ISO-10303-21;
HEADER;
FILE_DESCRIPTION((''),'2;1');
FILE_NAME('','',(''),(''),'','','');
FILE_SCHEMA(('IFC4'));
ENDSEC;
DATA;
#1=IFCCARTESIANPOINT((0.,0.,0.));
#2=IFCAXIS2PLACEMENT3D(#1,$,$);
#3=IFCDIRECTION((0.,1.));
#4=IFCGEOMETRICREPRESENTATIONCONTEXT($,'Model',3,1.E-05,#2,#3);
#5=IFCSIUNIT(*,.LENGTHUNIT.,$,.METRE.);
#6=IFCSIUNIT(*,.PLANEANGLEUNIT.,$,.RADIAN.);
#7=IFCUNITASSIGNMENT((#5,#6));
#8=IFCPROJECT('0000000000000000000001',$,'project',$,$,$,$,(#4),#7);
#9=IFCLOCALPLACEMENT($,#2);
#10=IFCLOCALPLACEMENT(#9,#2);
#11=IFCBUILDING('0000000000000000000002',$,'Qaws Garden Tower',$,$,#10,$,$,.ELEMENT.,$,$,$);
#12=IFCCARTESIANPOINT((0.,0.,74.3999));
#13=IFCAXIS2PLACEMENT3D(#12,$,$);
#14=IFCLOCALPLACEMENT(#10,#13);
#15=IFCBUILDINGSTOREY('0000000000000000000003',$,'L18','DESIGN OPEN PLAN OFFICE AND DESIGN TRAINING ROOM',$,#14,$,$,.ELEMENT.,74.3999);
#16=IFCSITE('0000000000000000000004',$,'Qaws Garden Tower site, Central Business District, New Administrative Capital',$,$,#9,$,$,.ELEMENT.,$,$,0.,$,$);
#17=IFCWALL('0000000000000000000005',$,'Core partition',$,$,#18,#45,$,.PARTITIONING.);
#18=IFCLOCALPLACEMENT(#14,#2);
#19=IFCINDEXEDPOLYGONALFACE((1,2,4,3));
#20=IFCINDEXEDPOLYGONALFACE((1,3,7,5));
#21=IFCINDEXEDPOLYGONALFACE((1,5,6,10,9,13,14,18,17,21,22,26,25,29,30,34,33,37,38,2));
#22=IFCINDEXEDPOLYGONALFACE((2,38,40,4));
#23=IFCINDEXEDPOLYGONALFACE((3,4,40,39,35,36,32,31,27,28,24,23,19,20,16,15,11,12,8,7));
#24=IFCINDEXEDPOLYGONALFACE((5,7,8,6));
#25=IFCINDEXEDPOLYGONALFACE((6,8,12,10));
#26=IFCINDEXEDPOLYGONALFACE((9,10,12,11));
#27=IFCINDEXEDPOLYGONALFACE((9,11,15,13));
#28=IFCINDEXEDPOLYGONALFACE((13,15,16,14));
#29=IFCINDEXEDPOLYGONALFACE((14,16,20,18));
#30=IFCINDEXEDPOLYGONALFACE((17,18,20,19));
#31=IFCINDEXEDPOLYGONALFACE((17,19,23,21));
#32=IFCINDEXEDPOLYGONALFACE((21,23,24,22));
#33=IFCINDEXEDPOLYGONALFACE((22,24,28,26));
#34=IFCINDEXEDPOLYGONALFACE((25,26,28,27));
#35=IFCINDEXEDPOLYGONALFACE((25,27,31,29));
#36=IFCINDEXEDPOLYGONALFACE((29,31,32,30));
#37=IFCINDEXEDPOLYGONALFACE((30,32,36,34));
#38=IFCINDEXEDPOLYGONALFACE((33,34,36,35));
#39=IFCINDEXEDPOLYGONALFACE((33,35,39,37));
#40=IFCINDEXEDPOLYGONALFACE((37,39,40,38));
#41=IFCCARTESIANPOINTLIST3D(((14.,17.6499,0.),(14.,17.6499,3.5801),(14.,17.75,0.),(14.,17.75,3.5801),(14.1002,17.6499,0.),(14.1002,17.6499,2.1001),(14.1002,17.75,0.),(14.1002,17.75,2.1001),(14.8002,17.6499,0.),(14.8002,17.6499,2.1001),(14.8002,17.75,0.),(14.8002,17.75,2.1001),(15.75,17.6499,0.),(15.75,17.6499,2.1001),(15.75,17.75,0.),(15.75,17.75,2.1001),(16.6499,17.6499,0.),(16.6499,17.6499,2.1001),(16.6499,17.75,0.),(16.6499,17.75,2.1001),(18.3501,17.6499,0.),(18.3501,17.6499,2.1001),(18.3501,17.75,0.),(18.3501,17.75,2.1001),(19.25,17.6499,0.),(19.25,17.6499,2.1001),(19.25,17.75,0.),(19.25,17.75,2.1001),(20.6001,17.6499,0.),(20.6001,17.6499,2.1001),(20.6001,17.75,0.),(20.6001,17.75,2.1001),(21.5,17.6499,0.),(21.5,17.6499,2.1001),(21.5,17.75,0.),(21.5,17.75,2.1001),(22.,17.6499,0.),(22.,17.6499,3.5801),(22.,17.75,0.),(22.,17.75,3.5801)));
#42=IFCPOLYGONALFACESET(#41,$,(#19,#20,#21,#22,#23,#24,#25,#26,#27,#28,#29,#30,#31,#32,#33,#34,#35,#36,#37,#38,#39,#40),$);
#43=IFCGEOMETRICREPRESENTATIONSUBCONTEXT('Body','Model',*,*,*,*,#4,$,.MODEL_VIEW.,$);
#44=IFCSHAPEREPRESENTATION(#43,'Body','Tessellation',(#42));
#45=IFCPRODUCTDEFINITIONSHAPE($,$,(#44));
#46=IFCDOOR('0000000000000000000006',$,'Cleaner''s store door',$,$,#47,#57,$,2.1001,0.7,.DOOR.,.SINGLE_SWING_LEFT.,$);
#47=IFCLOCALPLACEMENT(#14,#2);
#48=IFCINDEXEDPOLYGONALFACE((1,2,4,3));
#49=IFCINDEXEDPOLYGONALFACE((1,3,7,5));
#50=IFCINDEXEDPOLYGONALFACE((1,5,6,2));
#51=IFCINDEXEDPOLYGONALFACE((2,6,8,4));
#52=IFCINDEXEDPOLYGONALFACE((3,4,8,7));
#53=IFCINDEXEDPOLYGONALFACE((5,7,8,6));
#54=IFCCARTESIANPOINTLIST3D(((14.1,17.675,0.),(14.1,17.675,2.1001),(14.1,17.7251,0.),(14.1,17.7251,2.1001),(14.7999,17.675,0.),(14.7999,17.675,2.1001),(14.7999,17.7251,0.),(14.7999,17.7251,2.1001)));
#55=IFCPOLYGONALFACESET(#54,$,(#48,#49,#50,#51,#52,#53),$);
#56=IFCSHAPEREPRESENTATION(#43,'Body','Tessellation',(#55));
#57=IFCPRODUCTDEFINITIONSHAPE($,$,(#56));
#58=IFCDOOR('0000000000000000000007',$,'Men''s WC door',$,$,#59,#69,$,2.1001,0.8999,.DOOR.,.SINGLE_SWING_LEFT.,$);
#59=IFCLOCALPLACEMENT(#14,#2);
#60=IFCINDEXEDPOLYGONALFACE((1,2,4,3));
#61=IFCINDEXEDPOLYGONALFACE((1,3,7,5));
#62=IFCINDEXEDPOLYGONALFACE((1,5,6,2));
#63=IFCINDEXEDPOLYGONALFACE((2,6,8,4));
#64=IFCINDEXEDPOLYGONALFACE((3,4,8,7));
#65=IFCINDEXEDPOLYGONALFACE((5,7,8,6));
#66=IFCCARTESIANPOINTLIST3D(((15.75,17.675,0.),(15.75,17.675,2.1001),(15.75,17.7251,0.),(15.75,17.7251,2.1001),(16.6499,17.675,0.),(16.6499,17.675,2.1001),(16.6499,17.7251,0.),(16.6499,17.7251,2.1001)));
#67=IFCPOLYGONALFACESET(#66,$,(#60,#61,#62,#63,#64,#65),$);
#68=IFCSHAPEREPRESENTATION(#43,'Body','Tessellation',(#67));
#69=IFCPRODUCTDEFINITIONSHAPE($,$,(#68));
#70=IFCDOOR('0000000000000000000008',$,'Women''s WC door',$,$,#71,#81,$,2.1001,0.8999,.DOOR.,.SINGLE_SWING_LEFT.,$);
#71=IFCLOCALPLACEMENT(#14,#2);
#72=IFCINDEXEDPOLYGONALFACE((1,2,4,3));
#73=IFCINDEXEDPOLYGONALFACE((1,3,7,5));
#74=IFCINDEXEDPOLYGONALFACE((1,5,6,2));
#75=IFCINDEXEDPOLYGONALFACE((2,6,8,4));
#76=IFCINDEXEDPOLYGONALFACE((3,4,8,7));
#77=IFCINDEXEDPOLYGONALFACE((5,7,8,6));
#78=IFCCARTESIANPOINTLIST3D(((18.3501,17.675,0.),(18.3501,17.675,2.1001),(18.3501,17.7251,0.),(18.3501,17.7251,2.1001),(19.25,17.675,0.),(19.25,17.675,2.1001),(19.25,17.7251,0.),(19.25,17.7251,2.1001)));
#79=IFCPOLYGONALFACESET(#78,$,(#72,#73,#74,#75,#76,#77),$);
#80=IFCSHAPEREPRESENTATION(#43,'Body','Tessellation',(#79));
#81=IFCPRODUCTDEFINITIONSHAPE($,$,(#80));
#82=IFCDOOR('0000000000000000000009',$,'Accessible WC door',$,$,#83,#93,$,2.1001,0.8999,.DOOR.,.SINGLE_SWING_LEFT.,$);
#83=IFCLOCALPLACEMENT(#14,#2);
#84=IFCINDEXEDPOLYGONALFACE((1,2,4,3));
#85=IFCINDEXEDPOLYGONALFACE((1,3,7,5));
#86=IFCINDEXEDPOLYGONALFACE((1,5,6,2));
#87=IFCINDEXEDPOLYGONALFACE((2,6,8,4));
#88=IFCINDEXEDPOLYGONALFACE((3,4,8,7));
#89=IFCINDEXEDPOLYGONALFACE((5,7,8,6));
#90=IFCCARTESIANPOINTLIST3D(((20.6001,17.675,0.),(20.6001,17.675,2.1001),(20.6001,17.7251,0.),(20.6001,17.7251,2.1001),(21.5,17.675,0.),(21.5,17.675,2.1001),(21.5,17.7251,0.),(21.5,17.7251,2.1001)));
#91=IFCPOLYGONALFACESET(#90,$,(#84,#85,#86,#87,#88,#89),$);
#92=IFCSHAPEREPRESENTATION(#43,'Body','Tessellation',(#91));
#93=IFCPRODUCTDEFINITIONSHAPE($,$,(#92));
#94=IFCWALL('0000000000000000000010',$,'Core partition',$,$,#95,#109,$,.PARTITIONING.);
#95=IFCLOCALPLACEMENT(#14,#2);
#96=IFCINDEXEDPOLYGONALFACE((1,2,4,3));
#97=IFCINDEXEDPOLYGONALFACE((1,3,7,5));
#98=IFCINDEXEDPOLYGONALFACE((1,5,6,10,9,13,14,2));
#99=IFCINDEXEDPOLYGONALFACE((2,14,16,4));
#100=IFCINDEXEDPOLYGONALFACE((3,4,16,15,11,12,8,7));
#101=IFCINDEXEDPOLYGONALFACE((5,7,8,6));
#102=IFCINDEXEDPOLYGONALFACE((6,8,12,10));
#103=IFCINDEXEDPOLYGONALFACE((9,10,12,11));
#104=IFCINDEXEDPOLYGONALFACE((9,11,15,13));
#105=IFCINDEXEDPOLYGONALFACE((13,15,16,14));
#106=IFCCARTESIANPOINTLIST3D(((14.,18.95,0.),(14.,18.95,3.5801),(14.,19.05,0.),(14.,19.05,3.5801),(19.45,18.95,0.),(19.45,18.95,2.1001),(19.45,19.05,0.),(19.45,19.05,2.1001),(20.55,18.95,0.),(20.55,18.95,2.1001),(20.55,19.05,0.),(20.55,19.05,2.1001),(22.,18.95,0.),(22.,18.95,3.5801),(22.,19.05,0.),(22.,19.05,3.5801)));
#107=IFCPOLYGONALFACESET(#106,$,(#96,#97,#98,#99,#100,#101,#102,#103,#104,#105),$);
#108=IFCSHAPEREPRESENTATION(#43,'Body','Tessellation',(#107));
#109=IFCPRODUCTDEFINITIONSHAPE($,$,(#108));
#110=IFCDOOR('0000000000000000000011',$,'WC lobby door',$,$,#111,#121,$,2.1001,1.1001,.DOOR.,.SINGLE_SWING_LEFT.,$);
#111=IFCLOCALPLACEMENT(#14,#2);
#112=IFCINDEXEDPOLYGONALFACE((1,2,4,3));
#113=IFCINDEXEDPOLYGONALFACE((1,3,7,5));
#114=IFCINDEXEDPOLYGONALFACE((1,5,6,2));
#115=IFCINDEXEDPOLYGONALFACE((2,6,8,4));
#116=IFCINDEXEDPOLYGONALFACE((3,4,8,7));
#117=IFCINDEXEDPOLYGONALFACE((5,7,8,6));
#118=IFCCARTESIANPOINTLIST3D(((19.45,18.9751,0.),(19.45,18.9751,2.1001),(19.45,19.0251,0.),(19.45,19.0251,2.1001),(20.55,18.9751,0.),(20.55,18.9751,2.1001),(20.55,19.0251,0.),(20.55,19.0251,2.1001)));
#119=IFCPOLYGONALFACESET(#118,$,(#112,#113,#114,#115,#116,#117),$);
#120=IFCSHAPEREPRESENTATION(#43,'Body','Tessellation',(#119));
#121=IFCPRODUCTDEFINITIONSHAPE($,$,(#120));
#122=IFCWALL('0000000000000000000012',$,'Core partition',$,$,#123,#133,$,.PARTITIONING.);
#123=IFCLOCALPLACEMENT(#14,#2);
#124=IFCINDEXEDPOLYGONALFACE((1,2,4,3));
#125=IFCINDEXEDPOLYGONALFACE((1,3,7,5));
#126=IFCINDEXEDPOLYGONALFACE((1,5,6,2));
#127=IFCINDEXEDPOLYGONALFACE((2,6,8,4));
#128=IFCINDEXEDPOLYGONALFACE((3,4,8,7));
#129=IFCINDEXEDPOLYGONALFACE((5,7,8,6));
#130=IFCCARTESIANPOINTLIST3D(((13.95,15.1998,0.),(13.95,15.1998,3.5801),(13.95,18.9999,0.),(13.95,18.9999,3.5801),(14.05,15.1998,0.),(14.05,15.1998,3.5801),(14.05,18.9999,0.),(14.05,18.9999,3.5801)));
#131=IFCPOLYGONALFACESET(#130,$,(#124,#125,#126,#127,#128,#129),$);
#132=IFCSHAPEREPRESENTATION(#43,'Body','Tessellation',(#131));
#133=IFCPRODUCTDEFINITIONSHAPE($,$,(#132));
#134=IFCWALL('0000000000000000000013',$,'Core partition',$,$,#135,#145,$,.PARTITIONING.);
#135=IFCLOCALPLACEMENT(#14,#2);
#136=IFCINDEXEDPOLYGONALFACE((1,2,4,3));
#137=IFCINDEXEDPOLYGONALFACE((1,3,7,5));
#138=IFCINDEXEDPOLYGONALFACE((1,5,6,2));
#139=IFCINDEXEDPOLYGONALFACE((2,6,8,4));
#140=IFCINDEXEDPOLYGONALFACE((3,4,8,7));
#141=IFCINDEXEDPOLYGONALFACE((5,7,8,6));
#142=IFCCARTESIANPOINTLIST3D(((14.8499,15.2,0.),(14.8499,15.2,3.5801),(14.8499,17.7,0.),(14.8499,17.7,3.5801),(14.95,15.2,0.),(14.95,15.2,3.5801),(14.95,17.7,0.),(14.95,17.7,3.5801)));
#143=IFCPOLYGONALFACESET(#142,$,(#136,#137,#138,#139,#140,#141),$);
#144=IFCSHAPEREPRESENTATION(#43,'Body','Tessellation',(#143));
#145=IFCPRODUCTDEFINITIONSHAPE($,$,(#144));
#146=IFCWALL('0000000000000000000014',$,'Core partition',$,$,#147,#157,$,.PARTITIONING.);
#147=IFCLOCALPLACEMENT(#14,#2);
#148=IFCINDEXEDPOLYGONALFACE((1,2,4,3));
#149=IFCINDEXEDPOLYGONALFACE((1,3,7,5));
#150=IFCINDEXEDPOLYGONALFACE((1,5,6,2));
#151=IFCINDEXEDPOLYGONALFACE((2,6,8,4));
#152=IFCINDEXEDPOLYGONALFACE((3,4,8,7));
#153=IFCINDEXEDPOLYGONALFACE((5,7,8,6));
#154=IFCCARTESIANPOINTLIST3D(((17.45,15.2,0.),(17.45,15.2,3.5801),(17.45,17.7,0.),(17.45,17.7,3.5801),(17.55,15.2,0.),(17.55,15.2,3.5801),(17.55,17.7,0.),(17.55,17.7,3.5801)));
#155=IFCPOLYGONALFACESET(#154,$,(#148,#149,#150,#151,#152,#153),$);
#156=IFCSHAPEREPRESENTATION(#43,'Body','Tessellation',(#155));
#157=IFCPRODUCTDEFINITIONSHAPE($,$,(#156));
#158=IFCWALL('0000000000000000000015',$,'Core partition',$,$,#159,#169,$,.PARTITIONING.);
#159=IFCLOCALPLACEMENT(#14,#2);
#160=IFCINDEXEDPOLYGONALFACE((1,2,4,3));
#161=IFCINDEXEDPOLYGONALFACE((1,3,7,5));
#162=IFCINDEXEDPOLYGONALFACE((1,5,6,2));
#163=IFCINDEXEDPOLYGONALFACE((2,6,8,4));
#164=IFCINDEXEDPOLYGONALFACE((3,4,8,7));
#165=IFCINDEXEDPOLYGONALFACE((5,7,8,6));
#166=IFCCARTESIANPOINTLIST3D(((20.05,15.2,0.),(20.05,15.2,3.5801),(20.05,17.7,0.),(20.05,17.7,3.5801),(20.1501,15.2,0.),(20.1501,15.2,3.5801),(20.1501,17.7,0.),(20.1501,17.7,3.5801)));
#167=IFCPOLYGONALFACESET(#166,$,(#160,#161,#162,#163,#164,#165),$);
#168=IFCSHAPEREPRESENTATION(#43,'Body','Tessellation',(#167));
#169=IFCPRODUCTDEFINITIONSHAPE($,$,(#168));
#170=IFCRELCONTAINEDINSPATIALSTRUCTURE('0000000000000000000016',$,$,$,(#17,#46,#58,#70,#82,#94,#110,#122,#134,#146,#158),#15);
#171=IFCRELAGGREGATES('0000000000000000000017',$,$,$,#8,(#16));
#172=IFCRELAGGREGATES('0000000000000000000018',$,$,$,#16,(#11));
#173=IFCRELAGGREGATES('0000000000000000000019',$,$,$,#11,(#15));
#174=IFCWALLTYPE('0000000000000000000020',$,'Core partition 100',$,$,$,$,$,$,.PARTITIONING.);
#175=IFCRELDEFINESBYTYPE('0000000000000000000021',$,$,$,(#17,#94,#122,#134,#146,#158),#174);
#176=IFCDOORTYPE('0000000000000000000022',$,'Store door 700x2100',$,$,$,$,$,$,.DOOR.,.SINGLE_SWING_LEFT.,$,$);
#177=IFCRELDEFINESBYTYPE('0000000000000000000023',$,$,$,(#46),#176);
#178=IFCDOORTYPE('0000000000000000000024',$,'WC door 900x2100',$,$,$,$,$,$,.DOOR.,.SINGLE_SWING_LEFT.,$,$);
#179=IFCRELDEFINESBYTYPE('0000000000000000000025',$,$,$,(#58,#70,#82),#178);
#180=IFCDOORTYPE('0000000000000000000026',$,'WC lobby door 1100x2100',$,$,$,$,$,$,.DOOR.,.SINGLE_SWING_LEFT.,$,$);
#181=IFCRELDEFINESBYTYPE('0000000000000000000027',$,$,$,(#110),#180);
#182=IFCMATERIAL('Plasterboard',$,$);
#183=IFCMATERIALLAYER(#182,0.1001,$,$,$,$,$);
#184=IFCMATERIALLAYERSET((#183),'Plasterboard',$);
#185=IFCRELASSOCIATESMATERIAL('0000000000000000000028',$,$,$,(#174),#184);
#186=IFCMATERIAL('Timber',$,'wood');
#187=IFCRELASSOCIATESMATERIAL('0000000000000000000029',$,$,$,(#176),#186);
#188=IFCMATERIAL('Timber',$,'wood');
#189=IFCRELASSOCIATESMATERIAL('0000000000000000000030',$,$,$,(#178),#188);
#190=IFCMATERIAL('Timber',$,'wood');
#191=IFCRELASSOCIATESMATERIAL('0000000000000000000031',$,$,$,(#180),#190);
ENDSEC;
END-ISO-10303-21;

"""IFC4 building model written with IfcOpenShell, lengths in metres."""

from ifc_helpers import new_model, si_unit, direction, frame, frame_2d, origin, place, context, subcontext, project, spatial, rectangle, extrude, material, layer, layer_set, type_object, element, fill, save


model = new_model("IFC4")

# Units and contexts
model_context = context("Model", 3, precision=1e-05, world=origin(), true_north=direction((0.0, 1.0)))
body_context = subcontext(model_context, "Body", "Model", "MODEL_VIEW")
ifc_project = project(units=[si_unit("LENGTHUNIT", "METRE"), si_unit("PLANEANGLEUNIT", "RADIAN")], contexts=[model_context])

# Site, building, storey
site_placement = place(None, origin())
site = spatial("IfcSite", under=ifc_project, at=site_placement, Name="Qaws Garden Tower site, Central Business District, New Administrative Capital", CompositionType="ELEMENT", RefElevation=0.0)
building_placement = place(site_placement, origin())
building = spatial("IfcBuilding", under=site, at=building_placement, Name="Qaws Garden Tower", CompositionType="ELEMENT")
storey_placement = place(building_placement, frame((0.0, 0.0, 74.3999)))
storey = spatial("IfcBuildingStorey", under=building, at=storey_placement, Name="L18", Description="DESIGN OPEN PLAN OFFICE AND DESIGN TRAINING ROOM", CompositionType="ELEMENT", Elevation=74.3999)

# Wall, openings, doors
ifc_material_1 = material(Name="Plasterboard")
ifc_layer_1 = layer(ifc_material_1, 0.1001)
ifc_layer_set_1 = layer_set([ifc_layer_1], Name="Plasterboard")
wall_type_1 = type_object("IfcWallType", Name="Core partition 100", PredefinedType="PARTITIONING", material=ifc_layer_set_1)
wall_1_placement = place(storey_placement, frame((14.0, 17.7, 0.0), z_axis=(0.0, 0.0, 1.0), x_axis=(1.0, 0.0, 0.0)))
wall_1 = element("IfcWall", 1, at=wall_1_placement, inside=storey, type_object=wall_type_1, Name="Core partition", PredefinedType="PARTITIONING", context=body_context, shape_type="SweptSolid", body=[
    extrude(rectangle(XDim=8.0, YDim=0.1001, at=frame_2d((4.0, 0.0))), origin(), (0.0, 0.0, 1.0), 3.5801),
])
opening_1_placement = place(wall_1_placement, frame((0.1001, 0.0, 0.0)))
opening_1 = element("IfcOpeningElement", 2, at=opening_1_placement, cuts=wall_1, PredefinedType="OPENING", context=body_context, shape_type="SweptSolid", body=[
    extrude(rectangle(XDim=0.7, YDim=2.1001, at=frame_2d((0.3501, 1.05))), frame((0.0, 0.0601, 0.0), z_axis=(0.0, -1.0, 0.0), x_axis=(1.0, 0.0, 0.0)), (0.0, 0.0, 1.0), 0.1201),
])
opening_2_placement = place(wall_1_placement, frame((1.75, 0.0, 0.0)))
opening_2 = element("IfcOpeningElement", 3, at=opening_2_placement, cuts=wall_1, PredefinedType="OPENING", context=body_context, shape_type="SweptSolid", body=[
    extrude(rectangle(XDim=0.8999, YDim=2.1001, at=frame_2d((0.45, 1.05))), frame((0.0, 0.0601, 0.0), z_axis=(0.0, -1.0, 0.0), x_axis=(1.0, 0.0, 0.0)), (0.0, 0.0, 1.0), 0.1201),
])
opening_3_placement = place(wall_1_placement, frame((4.3501, 0.0, 0.0)))
opening_3 = element("IfcOpeningElement", 4, at=opening_3_placement, cuts=wall_1, PredefinedType="OPENING", context=body_context, shape_type="SweptSolid", body=[
    extrude(rectangle(XDim=0.8999, YDim=2.1001, at=frame_2d((0.45, 1.05))), frame((0.0, 0.0601, 0.0), z_axis=(0.0, -1.0, 0.0), x_axis=(1.0, 0.0, 0.0)), (0.0, 0.0, 1.0), 0.1201),
])
opening_4_placement = place(wall_1_placement, frame((6.6001, 0.0, 0.0)))
opening_4 = element("IfcOpeningElement", 5, at=opening_4_placement, cuts=wall_1, PredefinedType="OPENING", context=body_context, shape_type="SweptSolid", body=[
    extrude(rectangle(XDim=0.8999, YDim=2.1001, at=frame_2d((0.45, 1.05))), frame((0.0, 0.0601, 0.0), z_axis=(0.0, -1.0, 0.0), x_axis=(1.0, 0.0, 0.0)), (0.0, 0.0, 1.0), 0.1201),
])
ifc_material_2 = material(Name="Timber", Category="wood")
door_type_1 = type_object("IfcDoorType", Name="Store door 700x2100", OperationType="SINGLE_SWING_LEFT", PredefinedType="DOOR", material=ifc_material_2)
door_1_placement = place(opening_1_placement, frame((0.7, 0.0, 0.0), z_axis=(0.0, 0.0, 1.0), x_axis=(-1.0, 0.0, 0.0)))
door_1 = element("IfcDoor", 6, at=door_1_placement, inside=storey, type_object=door_type_1, Name="Cleaner's store door", OperationType="SINGLE_SWING_LEFT", OverallHeight=2.1001, OverallWidth=0.7, PredefinedType="DOOR", context=body_context, shape_type="SweptSolid", body=[
    extrude(rectangle(XDim=0.7, YDim=2.1001, at=frame_2d((0.3501, 1.05))), frame((0.0, 0.0249, 0.0), z_axis=(0.0, -1.0, 0.0), x_axis=(1.0, 0.0, 0.0)), (0.0, 0.0, 1.0), 0.05),
])
fill(opening_1, door_1)
ifc_material_3 = material(Name="Timber", Category="wood")
door_type_2 = type_object("IfcDoorType", Name="WC door 900x2100", OperationType="SINGLE_SWING_LEFT", PredefinedType="DOOR", material=ifc_material_3)
door_2_placement = place(opening_2_placement, frame((0.8999, 0.0, 0.0), z_axis=(0.0, 0.0, 1.0), x_axis=(-1.0, 0.0, 0.0)))
door_2 = element("IfcDoor", 7, at=door_2_placement, inside=storey, type_object=door_type_2, Name="Men's WC door", OperationType="SINGLE_SWING_LEFT", OverallHeight=2.1001, OverallWidth=0.8999, PredefinedType="DOOR", context=body_context, shape_type="SweptSolid", body=[
    extrude(rectangle(XDim=0.8999, YDim=2.1001, at=frame_2d((0.45, 1.05))), frame((0.0, 0.0249, 0.0), z_axis=(0.0, -1.0, 0.0), x_axis=(1.0, 0.0, 0.0)), (0.0, 0.0, 1.0), 0.05),
])
fill(opening_2, door_2)
door_3_placement = place(opening_3_placement, frame((0.8999, 0.0, 0.0), z_axis=(0.0, 0.0, 1.0), x_axis=(-1.0, 0.0, 0.0)))
door_3 = element("IfcDoor", 8, at=door_3_placement, inside=storey, type_object=door_type_2, Name="Women's WC door", OperationType="SINGLE_SWING_LEFT", OverallHeight=2.1001, OverallWidth=0.8999, PredefinedType="DOOR", context=body_context, shape_type="SweptSolid", body=[
    extrude(rectangle(XDim=0.8999, YDim=2.1001, at=frame_2d((0.45, 1.05))), frame((0.0, 0.0249, 0.0), z_axis=(0.0, -1.0, 0.0), x_axis=(1.0, 0.0, 0.0)), (0.0, 0.0, 1.0), 0.05),
])
fill(opening_3, door_3)
door_4_placement = place(opening_4_placement, frame((0.8999, 0.0, 0.0), z_axis=(0.0, 0.0, 1.0), x_axis=(-1.0, 0.0, 0.0)))
door_4 = element("IfcDoor", 9, at=door_4_placement, inside=storey, type_object=door_type_2, Name="Accessible WC door", OperationType="SINGLE_SWING_LEFT", OverallHeight=2.1001, OverallWidth=0.8999, PredefinedType="DOOR", context=body_context, shape_type="SweptSolid", body=[
    extrude(rectangle(XDim=0.8999, YDim=2.1001, at=frame_2d((0.45, 1.05))), frame((0.0, 0.0249, 0.0), z_axis=(0.0, -1.0, 0.0), x_axis=(1.0, 0.0, 0.0)), (0.0, 0.0, 1.0), 0.05),
])
fill(opening_4, door_4)

# Wall, opening, door
wall_2_placement = place(storey_placement, frame((14.0, 19.0, 0.0), z_axis=(0.0, 0.0, 1.0), x_axis=(1.0, 0.0, 0.0)))
wall_2 = element("IfcWall", 10, at=wall_2_placement, inside=storey, type_object=wall_type_1, Name="Core partition", PredefinedType="PARTITIONING", context=body_context, shape_type="SweptSolid", body=[
    extrude(rectangle(XDim=8.0, YDim=0.1001, at=frame_2d((4.0, 0.0))), origin(), (0.0, 0.0, 1.0), 3.5801),
])
opening_5_placement = place(wall_2_placement, frame((5.45, 0.0, 0.0)))
opening_5 = element("IfcOpeningElement", 11, at=opening_5_placement, cuts=wall_2, PredefinedType="OPENING", context=body_context, shape_type="SweptSolid", body=[
    extrude(rectangle(XDim=1.1001, YDim=2.1001, at=frame_2d((0.55, 1.05))), frame((0.0, 0.0601, 0.0), z_axis=(0.0, -1.0, 0.0), x_axis=(1.0, 0.0, 0.0)), (0.0, 0.0, 1.0), 0.1201),
])
ifc_material_4 = material(Name="Timber", Category="wood")
door_type_3 = type_object("IfcDoorType", Name="WC lobby door 1100x2100", OperationType="SINGLE_SWING_LEFT", PredefinedType="DOOR", material=ifc_material_4)
door_5_placement = place(opening_5_placement, frame((1.1001, 0.0, 0.0), z_axis=(0.0, 0.0, 1.0), x_axis=(-1.0, 0.0, 0.0)))
door_5 = element("IfcDoor", 12, at=door_5_placement, inside=storey, type_object=door_type_3, Name="WC lobby door", OperationType="SINGLE_SWING_LEFT", OverallHeight=2.1001, OverallWidth=1.1001, PredefinedType="DOOR", context=body_context, shape_type="SweptSolid", body=[
    extrude(rectangle(XDim=1.1001, YDim=2.1001, at=frame_2d((0.55, 1.05))), frame((0.0, 0.0249, 0.0), z_axis=(0.0, -1.0, 0.0), x_axis=(1.0, 0.0, 0.0)), (0.0, 0.0, 1.0), 0.05),
])
fill(opening_5, door_5)

# Walls
wall_3_placement = place(storey_placement, frame((14.0, 15.2, 0.0), z_axis=(0.0, 0.0, 1.0), x_axis=(0.0, 1.0, 0.0)))
element("IfcWall", 13, at=wall_3_placement, inside=storey, type_object=wall_type_1, Name="Core partition", PredefinedType="PARTITIONING", context=body_context, shape_type="SweptSolid", body=[
    extrude(rectangle(XDim=3.8, YDim=0.1001, at=frame_2d((1.8999, 0.0))), origin(), (0.0, 0.0, 1.0), 3.5801),
])
for number, where, z_axis, x_axis, name in (
    (14, (14.8999, 15.2, 0.0), (0.0, 0.0, 1.0), (0.0, 1.0, 0.0), "Core partition"),
    (15, (17.5, 15.2, 0.0), (0.0, 0.0, 1.0), (0.0, 1.0, 0.0), "Core partition"),
    (16, (20.1001, 15.2, 0.0), (0.0, 0.0, 1.0), (0.0, 1.0, 0.0), "Core partition"),
):
    element("IfcWall", number, at=place(storey_placement, frame(where, z_axis=z_axis, x_axis=x_axis)), inside=storey, type_object=wall_type_1, Name=name, PredefinedType="PARTITIONING", context=body_context, shape_type="SweptSolid", body=[
        extrude(rectangle(XDim=2.5, YDim=0.1001, at=frame_2d((1.25, 0.0))), origin(), (0.0, 0.0, 1.0), 3.5801),
    ])

save(model, "model.ifc")
